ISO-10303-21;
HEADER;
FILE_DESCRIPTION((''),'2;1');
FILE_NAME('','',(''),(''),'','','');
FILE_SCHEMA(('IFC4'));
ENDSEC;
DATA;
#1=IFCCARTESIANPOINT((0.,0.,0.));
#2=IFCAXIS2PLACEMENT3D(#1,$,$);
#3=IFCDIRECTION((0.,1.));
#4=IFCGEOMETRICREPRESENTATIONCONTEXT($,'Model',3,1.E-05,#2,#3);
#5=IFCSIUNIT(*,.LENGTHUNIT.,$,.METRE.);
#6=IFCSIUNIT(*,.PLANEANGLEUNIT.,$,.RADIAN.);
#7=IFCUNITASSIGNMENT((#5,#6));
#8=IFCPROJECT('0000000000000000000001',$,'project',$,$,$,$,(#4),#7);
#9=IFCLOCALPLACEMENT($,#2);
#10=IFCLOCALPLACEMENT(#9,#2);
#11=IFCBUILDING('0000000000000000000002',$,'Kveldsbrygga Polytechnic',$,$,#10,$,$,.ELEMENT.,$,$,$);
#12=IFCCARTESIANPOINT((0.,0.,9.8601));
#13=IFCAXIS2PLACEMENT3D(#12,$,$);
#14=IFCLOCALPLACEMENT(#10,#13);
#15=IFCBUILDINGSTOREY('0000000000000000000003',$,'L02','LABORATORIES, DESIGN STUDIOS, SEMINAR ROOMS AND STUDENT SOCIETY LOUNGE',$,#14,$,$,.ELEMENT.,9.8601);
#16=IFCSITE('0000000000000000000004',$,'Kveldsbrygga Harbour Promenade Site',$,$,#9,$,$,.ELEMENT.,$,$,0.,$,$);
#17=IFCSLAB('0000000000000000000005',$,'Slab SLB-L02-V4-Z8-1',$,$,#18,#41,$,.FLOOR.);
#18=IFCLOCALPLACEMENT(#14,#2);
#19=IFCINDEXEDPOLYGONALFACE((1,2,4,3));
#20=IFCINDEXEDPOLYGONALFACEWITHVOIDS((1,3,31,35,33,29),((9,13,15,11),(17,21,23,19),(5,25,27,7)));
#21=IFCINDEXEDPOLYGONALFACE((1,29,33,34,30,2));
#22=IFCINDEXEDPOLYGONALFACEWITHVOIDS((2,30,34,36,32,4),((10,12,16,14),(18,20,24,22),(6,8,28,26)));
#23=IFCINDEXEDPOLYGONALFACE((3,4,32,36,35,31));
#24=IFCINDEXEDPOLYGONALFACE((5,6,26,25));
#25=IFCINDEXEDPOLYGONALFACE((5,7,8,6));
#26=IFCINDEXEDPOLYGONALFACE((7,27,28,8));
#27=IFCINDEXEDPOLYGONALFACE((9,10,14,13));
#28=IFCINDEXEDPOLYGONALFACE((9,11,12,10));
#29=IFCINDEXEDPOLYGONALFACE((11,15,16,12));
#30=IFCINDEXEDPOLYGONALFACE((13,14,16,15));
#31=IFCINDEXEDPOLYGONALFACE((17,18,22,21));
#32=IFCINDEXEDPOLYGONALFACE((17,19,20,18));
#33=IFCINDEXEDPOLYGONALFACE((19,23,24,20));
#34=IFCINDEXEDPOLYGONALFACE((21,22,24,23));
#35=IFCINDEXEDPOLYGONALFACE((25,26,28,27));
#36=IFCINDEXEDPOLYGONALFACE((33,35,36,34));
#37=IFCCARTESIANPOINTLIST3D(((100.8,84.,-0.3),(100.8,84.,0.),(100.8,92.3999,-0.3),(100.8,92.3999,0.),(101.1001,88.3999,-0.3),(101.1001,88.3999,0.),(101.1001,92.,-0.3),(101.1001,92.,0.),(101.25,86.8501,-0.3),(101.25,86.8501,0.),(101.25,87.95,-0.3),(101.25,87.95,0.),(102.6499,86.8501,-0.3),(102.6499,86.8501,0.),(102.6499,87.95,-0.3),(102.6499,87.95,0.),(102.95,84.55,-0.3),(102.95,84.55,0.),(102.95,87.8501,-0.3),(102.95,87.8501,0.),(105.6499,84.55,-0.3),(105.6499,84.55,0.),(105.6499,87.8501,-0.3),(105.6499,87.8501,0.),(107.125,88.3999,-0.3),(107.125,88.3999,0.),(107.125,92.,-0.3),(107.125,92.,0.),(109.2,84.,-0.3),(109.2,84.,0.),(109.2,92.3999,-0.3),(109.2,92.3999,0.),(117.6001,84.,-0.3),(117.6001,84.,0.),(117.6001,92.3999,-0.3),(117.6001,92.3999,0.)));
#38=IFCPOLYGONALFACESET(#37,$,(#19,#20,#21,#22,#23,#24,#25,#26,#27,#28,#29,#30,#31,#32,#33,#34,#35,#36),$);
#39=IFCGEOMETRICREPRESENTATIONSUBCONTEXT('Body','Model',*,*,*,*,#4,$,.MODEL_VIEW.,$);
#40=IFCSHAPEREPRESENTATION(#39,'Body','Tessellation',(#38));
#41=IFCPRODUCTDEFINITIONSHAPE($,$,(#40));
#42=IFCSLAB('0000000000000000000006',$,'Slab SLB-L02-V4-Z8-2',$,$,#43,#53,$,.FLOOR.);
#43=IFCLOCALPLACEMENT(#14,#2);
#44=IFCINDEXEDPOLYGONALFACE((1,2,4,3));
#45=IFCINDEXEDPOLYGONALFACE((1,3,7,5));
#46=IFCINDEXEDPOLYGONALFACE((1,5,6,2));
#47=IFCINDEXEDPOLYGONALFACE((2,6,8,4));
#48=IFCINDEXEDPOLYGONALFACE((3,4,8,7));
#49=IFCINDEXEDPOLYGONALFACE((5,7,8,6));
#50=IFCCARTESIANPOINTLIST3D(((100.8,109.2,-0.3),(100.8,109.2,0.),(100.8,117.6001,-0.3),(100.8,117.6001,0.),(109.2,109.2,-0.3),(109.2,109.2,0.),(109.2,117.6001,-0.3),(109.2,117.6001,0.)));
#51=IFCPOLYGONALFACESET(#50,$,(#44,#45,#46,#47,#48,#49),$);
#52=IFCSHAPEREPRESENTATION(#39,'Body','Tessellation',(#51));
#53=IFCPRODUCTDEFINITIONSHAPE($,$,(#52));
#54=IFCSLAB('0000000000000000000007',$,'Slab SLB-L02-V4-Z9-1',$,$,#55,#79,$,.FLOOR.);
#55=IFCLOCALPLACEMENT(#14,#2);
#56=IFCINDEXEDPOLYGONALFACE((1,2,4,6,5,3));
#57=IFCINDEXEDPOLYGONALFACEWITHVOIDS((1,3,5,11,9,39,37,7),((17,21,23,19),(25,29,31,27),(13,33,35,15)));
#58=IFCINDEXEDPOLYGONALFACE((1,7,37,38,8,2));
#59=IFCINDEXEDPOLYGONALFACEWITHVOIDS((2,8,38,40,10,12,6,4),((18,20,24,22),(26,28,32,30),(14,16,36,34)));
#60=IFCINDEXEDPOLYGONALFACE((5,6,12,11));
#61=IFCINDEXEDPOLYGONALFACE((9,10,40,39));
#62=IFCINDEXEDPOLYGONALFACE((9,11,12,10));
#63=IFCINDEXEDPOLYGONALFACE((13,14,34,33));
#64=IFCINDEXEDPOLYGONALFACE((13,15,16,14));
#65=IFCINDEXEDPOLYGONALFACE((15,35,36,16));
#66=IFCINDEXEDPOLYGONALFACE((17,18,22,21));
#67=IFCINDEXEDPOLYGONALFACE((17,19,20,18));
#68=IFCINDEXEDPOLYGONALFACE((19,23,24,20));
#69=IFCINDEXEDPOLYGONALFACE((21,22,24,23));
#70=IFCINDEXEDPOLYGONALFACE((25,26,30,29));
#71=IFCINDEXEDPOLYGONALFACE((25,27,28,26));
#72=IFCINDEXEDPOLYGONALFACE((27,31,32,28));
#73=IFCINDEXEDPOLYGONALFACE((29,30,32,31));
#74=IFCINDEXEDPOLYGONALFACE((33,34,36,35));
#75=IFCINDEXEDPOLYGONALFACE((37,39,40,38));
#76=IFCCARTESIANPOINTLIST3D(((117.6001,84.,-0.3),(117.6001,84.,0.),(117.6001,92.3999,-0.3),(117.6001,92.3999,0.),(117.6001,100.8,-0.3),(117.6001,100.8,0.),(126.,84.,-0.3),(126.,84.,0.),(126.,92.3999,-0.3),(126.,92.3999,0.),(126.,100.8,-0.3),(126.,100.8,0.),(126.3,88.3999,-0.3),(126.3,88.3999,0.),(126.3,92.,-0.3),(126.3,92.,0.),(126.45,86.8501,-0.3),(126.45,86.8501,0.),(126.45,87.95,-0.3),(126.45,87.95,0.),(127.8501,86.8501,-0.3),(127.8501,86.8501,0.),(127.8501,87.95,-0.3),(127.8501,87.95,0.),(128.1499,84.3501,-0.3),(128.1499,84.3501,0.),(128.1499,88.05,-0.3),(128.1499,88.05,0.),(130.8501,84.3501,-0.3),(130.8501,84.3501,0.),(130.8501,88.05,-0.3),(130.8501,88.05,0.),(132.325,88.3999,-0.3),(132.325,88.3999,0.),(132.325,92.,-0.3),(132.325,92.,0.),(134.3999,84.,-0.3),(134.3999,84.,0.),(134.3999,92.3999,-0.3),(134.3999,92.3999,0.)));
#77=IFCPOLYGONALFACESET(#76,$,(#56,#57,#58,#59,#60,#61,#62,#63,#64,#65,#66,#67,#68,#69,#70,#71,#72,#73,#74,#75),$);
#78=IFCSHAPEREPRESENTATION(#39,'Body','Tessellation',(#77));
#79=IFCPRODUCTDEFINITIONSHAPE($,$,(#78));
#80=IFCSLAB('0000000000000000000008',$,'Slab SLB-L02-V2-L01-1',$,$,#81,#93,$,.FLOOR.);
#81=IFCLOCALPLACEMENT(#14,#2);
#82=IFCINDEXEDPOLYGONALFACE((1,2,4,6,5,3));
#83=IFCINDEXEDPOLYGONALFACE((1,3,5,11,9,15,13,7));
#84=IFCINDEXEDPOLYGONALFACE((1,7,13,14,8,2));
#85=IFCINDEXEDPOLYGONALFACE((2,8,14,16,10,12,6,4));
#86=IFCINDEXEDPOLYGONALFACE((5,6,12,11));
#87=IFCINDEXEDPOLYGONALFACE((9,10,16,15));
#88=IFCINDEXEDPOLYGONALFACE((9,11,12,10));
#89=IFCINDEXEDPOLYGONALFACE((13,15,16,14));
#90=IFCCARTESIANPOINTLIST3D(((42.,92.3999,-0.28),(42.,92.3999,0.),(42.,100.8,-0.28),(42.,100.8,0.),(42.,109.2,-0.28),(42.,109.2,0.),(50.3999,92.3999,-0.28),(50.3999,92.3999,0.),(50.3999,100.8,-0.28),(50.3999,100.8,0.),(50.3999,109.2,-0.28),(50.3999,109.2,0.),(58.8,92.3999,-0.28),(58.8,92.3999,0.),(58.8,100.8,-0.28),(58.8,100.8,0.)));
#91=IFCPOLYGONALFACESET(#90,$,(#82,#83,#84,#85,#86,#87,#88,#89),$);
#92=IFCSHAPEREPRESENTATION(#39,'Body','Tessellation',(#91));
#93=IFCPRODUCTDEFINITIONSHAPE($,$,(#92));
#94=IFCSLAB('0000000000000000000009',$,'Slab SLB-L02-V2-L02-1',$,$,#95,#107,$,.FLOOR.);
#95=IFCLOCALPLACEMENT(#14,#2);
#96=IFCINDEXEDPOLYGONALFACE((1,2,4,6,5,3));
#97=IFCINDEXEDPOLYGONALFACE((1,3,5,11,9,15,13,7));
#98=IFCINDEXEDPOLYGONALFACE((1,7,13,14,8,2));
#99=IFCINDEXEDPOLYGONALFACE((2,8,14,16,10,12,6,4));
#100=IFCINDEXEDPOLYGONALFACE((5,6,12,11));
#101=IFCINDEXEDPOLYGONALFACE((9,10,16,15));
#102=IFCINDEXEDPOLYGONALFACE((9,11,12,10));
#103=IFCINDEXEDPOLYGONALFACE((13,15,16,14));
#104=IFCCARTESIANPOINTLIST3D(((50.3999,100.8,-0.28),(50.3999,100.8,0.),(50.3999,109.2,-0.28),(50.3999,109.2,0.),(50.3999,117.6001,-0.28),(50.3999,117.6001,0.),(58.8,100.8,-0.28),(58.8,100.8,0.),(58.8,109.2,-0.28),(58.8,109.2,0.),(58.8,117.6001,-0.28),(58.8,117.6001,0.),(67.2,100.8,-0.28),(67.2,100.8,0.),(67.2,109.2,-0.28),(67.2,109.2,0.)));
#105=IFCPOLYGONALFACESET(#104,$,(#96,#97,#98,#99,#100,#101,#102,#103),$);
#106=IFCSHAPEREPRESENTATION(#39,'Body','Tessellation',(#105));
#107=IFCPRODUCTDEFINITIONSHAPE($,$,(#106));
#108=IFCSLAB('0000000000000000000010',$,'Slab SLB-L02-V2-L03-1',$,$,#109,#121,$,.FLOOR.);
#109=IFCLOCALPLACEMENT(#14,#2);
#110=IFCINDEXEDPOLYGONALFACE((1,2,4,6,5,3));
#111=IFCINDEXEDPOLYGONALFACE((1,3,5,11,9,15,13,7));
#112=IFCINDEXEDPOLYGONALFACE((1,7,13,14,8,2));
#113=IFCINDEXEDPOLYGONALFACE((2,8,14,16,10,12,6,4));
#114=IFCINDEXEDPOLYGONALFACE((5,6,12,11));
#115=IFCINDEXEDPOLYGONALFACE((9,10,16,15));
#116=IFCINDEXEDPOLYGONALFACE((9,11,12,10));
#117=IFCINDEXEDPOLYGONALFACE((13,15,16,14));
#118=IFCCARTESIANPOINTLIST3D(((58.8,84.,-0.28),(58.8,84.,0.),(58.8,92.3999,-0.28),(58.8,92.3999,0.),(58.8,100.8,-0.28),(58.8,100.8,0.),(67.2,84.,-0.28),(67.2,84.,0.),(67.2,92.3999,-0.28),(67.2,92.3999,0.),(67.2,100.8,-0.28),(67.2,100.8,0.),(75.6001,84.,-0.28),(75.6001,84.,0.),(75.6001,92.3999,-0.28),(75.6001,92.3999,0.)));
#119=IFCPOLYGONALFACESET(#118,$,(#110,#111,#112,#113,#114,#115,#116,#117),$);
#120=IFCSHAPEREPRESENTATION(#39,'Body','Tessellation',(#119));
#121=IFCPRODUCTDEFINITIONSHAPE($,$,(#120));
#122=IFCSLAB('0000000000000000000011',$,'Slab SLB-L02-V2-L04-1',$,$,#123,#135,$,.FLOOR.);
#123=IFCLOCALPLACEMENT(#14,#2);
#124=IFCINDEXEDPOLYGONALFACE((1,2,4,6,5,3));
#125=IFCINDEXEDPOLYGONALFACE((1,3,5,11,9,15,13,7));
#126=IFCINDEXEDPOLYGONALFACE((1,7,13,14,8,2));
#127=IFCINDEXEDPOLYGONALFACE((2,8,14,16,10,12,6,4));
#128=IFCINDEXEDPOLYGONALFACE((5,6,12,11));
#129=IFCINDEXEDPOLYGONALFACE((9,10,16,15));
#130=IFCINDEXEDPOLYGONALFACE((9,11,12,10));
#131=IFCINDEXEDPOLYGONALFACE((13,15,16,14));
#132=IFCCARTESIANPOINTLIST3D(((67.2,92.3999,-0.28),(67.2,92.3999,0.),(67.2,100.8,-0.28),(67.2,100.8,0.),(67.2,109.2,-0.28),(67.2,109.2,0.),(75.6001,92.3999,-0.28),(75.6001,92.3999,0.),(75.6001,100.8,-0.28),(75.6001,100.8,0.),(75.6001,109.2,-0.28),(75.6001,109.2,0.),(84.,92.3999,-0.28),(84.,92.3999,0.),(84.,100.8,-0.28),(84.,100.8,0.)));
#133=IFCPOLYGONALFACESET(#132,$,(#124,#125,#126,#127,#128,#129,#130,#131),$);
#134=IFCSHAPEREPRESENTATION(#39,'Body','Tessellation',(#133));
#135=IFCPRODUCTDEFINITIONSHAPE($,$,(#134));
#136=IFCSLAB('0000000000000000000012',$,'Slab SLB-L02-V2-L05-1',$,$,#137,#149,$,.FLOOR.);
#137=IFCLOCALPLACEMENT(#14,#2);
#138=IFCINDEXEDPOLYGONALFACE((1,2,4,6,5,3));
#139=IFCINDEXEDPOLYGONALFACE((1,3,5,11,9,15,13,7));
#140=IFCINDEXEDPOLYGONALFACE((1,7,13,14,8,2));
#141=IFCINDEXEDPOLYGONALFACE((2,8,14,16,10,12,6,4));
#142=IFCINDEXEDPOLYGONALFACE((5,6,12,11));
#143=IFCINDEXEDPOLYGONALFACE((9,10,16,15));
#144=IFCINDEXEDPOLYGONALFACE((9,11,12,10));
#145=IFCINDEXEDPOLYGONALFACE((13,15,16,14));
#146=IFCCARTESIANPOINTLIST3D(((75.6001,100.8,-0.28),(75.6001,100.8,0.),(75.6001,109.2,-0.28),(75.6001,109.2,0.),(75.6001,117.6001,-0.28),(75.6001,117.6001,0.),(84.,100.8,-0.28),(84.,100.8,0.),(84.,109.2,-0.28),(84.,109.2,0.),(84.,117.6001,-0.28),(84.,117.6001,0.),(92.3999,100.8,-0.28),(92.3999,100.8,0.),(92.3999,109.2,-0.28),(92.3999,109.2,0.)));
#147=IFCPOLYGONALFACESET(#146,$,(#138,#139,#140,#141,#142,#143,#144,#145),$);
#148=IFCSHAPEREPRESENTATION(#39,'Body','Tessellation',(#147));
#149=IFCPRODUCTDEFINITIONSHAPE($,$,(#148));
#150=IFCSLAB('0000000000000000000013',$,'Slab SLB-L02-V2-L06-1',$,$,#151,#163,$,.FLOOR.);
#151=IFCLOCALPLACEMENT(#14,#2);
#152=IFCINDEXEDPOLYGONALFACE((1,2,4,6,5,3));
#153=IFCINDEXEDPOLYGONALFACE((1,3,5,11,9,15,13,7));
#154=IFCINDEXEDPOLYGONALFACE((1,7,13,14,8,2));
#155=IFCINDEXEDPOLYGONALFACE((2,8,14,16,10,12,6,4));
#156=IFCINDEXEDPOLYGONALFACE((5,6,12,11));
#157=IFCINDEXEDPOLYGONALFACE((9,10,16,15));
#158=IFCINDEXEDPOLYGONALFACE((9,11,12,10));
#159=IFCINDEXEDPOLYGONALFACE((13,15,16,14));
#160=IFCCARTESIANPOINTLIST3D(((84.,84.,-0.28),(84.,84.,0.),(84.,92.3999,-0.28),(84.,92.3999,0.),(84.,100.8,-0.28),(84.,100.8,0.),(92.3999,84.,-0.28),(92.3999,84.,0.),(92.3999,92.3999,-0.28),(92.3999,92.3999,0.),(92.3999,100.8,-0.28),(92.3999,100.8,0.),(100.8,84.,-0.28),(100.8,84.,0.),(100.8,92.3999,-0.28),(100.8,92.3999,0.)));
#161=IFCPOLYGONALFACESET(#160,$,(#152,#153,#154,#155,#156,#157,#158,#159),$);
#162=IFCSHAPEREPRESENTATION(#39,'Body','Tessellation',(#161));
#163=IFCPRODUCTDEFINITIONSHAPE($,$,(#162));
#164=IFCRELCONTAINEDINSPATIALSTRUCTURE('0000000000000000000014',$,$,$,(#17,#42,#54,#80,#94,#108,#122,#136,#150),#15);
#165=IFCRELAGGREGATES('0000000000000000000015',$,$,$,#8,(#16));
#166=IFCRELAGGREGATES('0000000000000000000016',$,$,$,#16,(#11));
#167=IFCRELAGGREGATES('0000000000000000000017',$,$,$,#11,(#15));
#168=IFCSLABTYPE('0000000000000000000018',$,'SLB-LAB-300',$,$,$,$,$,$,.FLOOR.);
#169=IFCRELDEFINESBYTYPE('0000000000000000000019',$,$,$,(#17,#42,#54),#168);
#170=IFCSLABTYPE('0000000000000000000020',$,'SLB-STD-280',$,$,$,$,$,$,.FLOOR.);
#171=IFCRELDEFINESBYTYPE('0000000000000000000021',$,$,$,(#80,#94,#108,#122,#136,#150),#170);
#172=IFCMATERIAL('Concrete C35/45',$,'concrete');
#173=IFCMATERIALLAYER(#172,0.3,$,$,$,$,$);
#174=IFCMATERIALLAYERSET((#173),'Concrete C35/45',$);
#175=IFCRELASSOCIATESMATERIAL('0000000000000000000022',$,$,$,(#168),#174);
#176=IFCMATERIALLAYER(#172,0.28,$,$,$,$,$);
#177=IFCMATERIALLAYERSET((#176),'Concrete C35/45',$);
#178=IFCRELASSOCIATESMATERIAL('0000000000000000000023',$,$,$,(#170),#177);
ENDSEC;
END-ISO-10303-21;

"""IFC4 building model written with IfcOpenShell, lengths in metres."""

from ifc_helpers import new_model, si_unit, direction, frame, origin, place, context, subcontext, project, spatial, polyline, outline, extrude, material, layer, layer_set, type_object, element, save


model = new_model("IFC4")

# Units and contexts
model_context = context("Model", 3, precision=1e-05, world=origin(), true_north=direction((0.0, 1.0)))
body_context = subcontext(model_context, "Body", "Model", "MODEL_VIEW")
ifc_project = project(units=[si_unit("LENGTHUNIT", "METRE"), si_unit("PLANEANGLEUNIT", "RADIAN")], contexts=[model_context])

# Site, building, storey
site_placement = place(None, origin())
site = spatial("IfcSite", under=ifc_project, at=site_placement, Name="Kveldsbrygga Harbour Promenade Site", CompositionType="ELEMENT", RefElevation=0.0)
building_placement = place(site_placement, origin())
building = spatial("IfcBuilding", under=site, at=building_placement, Name="Kveldsbrygga Polytechnic", CompositionType="ELEMENT")
storey_placement = place(building_placement, frame((0.0, 0.0, 9.8601)))
storey = spatial("IfcBuildingStorey", under=building, at=storey_placement, Name="L02", Description="LABORATORIES, DESIGN STUDIOS, SEMINAR ROOMS AND STUDENT SOCIETY LOUNGE", CompositionType="ELEMENT", Elevation=9.8601)

# Slabs
ifc_material = material(Name="Concrete C35/45", Category="concrete")
ifc_layer_1 = layer(ifc_material, 0.3)
ifc_layer_set_1 = layer_set([ifc_layer_1], Name="Concrete C35/45")
slab_type_1 = type_object("IfcSlabType", Name="SLB-LAB-300", PredefinedType="FLOOR", material=ifc_layer_set_1)
slab_1_placement = place(storey_placement, frame((0.0, 0.0, -0.3)))
element("IfcSlab", 1, at=slab_1_placement, inside=storey, type_object=slab_type_1, Name="Slab SLB-L02-V4-Z8-1", PredefinedType="FLOOR", context=body_context, shape_type="SweptSolid", body=[
    extrude(outline(polyline([(100.8, 84.0), (100.8, 92.3999), (109.2, 92.3999), (117.6001, 92.3999), (117.6001, 84.0), (109.2, 84.0), (100.8, 84.0)]), holes=[polyline([(107.125, 92.0), (101.1001, 92.0), (101.1001, 88.3999), (107.125, 88.3999), (107.125, 92.0)]), polyline([(102.95, 84.55), (105.6499, 84.55), (105.6499, 87.8501), (102.95, 87.8501), (102.95, 84.55)]), polyline([(101.25, 86.8501), (102.6499, 86.8501), (102.6499, 87.95), (101.25, 87.95), (101.25, 86.8501)])]), origin(), (0.0, 0.0, 1.0), 0.3),
])
slab_2_placement = place(storey_placement, frame((0.0, 0.0, -0.3)))
element("IfcSlab", 2, at=slab_2_placement, inside=storey, type_object=slab_type_1, Name="Slab SLB-L02-V4-Z8-2", PredefinedType="FLOOR", context=body_context, shape_type="SweptSolid", body=[
    extrude(outline(polyline([(100.8, 117.6001), (109.2, 117.6001), (109.2, 109.2), (100.8, 109.2), (100.8, 117.6001)])), origin(), (0.0, 0.0, 1.0), 0.3),
])
slab_3_placement = place(storey_placement, frame((0.0, 0.0, -0.3)))
element("IfcSlab", 3, at=slab_3_placement, inside=storey, type_object=slab_type_1, Name="Slab SLB-L02-V4-Z9-1", PredefinedType="FLOOR", context=body_context, shape_type="SweptSolid", body=[
    extrude(outline(polyline([(117.6001, 100.8), (126.0, 100.8), (126.0, 92.3999), (134.3999, 92.3999), (134.3999, 84.0), (126.0, 84.0), (117.6001, 84.0), (117.6001, 92.3999), (117.6001, 100.8)]), holes=[polyline([(132.325, 92.0), (126.3, 92.0), (126.3, 88.3999), (132.325, 88.3999), (132.325, 92.0)]), polyline([(128.1499, 84.3501), (130.8501, 84.3501), (130.8501, 88.05), (128.1499, 88.05), (128.1499, 84.3501)]), polyline([(126.45, 86.8501), (127.8501, 86.8501), (127.8501, 87.95), (126.45, 87.95), (126.45, 86.8501)])]), origin(), (0.0, 0.0, 1.0), 0.3),
])
ifc_layer_2 = layer(ifc_material, 0.28)
ifc_layer_set_2 = layer_set([ifc_layer_2], Name="Concrete C35/45")
slab_type_2 = type_object("IfcSlabType", Name="SLB-STD-280", PredefinedType="FLOOR", material=ifc_layer_set_2)
slab_4_placement = place(storey_placement, frame((0.0, 0.0, -0.28)))
element("IfcSlab", 4, at=slab_4_placement, inside=storey, type_object=slab_type_2, Name="Slab SLB-L02-V2-L01-1", PredefinedType="FLOOR", context=body_context, shape_type="SweptSolid", body=[
    extrude(outline(polyline([(42.0, 92.3999), (42.0, 100.8), (42.0, 109.2), (50.3999, 109.2), (50.3999, 100.8), (58.8, 100.8), (58.8, 92.3999), (50.3999, 92.3999), (42.0, 92.3999)])), origin(), (0.0, 0.0, 1.0), 0.28),
])
slab_5_placement = place(storey_placement, frame((0.0, 0.0, -0.28)))
element("IfcSlab", 5, at=slab_5_placement, inside=storey, type_object=slab_type_2, Name="Slab SLB-L02-V2-L02-1", PredefinedType="FLOOR", context=body_context, shape_type="SweptSolid", body=[
    extrude(outline(polyline([(50.3999, 100.8), (50.3999, 109.2), (50.3999, 117.6001), (58.8, 117.6001), (58.8, 109.2), (67.2, 109.2), (67.2, 100.8), (58.8, 100.8), (50.3999, 100.8)])), origin(), (0.0, 0.0, 1.0), 0.28),
])
slab_6_placement = place(storey_placement, frame((0.0, 0.0, -0.28)))
element("IfcSlab", 6, at=slab_6_placement, inside=storey, type_object=slab_type_2, Name="Slab SLB-L02-V2-L03-1", PredefinedType="FLOOR", context=body_context, shape_type="SweptSolid", body=[
    extrude(outline(polyline([(58.8, 84.0), (58.8, 92.3999), (58.8, 100.8), (67.2, 100.8), (67.2, 92.3999), (75.6001, 92.3999), (75.6001, 84.0), (67.2, 84.0), (58.8, 84.0)])), origin(), (0.0, 0.0, 1.0), 0.28),
])
slab_7_placement = place(storey_placement, frame((0.0, 0.0, -0.28)))
element("IfcSlab", 7, at=slab_7_placement, inside=storey, type_object=slab_type_2, Name="Slab SLB-L02-V2-L04-1", PredefinedType="FLOOR", context=body_context, shape_type="SweptSolid", body=[
    extrude(outline(polyline([(67.2, 92.3999), (67.2, 100.8), (67.2, 109.2), (75.6001, 109.2), (75.6001, 100.8), (84.0, 100.8), (84.0, 92.3999), (75.6001, 92.3999), (67.2, 92.3999)])), origin(), (0.0, 0.0, 1.0), 0.28),
])
slab_8_placement = place(storey_placement, frame((0.0, 0.0, -0.28)))
element("IfcSlab", 8, at=slab_8_placement, inside=storey, type_object=slab_type_2, Name="Slab SLB-L02-V2-L05-1", PredefinedType="FLOOR", context=body_context, shape_type="SweptSolid", body=[
    extrude(outline(polyline([(75.6001, 100.8), (75.6001, 109.2), (75.6001, 117.6001), (84.0, 117.6001), (84.0, 109.2), (92.3999, 109.2), (92.3999, 100.8), (84.0, 100.8), (75.6001, 100.8)])), origin(), (0.0, 0.0, 1.0), 0.28),
])
slab_9_placement = place(storey_placement, frame((0.0, 0.0, -0.28)))
element("IfcSlab", 9, at=slab_9_placement, inside=storey, type_object=slab_type_2, Name="Slab SLB-L02-V2-L06-1", PredefinedType="FLOOR", context=body_context, shape_type="SweptSolid", body=[
    extrude(outline(polyline([(84.0, 84.0), (84.0, 92.3999), (84.0, 100.8), (92.3999, 100.8), (92.3999, 92.3999), (100.8, 92.3999), (100.8, 84.0), (92.3999, 84.0), (84.0, 84.0)])), origin(), (0.0, 0.0, 1.0), 0.28),
])

save(model, "model.ifc")
